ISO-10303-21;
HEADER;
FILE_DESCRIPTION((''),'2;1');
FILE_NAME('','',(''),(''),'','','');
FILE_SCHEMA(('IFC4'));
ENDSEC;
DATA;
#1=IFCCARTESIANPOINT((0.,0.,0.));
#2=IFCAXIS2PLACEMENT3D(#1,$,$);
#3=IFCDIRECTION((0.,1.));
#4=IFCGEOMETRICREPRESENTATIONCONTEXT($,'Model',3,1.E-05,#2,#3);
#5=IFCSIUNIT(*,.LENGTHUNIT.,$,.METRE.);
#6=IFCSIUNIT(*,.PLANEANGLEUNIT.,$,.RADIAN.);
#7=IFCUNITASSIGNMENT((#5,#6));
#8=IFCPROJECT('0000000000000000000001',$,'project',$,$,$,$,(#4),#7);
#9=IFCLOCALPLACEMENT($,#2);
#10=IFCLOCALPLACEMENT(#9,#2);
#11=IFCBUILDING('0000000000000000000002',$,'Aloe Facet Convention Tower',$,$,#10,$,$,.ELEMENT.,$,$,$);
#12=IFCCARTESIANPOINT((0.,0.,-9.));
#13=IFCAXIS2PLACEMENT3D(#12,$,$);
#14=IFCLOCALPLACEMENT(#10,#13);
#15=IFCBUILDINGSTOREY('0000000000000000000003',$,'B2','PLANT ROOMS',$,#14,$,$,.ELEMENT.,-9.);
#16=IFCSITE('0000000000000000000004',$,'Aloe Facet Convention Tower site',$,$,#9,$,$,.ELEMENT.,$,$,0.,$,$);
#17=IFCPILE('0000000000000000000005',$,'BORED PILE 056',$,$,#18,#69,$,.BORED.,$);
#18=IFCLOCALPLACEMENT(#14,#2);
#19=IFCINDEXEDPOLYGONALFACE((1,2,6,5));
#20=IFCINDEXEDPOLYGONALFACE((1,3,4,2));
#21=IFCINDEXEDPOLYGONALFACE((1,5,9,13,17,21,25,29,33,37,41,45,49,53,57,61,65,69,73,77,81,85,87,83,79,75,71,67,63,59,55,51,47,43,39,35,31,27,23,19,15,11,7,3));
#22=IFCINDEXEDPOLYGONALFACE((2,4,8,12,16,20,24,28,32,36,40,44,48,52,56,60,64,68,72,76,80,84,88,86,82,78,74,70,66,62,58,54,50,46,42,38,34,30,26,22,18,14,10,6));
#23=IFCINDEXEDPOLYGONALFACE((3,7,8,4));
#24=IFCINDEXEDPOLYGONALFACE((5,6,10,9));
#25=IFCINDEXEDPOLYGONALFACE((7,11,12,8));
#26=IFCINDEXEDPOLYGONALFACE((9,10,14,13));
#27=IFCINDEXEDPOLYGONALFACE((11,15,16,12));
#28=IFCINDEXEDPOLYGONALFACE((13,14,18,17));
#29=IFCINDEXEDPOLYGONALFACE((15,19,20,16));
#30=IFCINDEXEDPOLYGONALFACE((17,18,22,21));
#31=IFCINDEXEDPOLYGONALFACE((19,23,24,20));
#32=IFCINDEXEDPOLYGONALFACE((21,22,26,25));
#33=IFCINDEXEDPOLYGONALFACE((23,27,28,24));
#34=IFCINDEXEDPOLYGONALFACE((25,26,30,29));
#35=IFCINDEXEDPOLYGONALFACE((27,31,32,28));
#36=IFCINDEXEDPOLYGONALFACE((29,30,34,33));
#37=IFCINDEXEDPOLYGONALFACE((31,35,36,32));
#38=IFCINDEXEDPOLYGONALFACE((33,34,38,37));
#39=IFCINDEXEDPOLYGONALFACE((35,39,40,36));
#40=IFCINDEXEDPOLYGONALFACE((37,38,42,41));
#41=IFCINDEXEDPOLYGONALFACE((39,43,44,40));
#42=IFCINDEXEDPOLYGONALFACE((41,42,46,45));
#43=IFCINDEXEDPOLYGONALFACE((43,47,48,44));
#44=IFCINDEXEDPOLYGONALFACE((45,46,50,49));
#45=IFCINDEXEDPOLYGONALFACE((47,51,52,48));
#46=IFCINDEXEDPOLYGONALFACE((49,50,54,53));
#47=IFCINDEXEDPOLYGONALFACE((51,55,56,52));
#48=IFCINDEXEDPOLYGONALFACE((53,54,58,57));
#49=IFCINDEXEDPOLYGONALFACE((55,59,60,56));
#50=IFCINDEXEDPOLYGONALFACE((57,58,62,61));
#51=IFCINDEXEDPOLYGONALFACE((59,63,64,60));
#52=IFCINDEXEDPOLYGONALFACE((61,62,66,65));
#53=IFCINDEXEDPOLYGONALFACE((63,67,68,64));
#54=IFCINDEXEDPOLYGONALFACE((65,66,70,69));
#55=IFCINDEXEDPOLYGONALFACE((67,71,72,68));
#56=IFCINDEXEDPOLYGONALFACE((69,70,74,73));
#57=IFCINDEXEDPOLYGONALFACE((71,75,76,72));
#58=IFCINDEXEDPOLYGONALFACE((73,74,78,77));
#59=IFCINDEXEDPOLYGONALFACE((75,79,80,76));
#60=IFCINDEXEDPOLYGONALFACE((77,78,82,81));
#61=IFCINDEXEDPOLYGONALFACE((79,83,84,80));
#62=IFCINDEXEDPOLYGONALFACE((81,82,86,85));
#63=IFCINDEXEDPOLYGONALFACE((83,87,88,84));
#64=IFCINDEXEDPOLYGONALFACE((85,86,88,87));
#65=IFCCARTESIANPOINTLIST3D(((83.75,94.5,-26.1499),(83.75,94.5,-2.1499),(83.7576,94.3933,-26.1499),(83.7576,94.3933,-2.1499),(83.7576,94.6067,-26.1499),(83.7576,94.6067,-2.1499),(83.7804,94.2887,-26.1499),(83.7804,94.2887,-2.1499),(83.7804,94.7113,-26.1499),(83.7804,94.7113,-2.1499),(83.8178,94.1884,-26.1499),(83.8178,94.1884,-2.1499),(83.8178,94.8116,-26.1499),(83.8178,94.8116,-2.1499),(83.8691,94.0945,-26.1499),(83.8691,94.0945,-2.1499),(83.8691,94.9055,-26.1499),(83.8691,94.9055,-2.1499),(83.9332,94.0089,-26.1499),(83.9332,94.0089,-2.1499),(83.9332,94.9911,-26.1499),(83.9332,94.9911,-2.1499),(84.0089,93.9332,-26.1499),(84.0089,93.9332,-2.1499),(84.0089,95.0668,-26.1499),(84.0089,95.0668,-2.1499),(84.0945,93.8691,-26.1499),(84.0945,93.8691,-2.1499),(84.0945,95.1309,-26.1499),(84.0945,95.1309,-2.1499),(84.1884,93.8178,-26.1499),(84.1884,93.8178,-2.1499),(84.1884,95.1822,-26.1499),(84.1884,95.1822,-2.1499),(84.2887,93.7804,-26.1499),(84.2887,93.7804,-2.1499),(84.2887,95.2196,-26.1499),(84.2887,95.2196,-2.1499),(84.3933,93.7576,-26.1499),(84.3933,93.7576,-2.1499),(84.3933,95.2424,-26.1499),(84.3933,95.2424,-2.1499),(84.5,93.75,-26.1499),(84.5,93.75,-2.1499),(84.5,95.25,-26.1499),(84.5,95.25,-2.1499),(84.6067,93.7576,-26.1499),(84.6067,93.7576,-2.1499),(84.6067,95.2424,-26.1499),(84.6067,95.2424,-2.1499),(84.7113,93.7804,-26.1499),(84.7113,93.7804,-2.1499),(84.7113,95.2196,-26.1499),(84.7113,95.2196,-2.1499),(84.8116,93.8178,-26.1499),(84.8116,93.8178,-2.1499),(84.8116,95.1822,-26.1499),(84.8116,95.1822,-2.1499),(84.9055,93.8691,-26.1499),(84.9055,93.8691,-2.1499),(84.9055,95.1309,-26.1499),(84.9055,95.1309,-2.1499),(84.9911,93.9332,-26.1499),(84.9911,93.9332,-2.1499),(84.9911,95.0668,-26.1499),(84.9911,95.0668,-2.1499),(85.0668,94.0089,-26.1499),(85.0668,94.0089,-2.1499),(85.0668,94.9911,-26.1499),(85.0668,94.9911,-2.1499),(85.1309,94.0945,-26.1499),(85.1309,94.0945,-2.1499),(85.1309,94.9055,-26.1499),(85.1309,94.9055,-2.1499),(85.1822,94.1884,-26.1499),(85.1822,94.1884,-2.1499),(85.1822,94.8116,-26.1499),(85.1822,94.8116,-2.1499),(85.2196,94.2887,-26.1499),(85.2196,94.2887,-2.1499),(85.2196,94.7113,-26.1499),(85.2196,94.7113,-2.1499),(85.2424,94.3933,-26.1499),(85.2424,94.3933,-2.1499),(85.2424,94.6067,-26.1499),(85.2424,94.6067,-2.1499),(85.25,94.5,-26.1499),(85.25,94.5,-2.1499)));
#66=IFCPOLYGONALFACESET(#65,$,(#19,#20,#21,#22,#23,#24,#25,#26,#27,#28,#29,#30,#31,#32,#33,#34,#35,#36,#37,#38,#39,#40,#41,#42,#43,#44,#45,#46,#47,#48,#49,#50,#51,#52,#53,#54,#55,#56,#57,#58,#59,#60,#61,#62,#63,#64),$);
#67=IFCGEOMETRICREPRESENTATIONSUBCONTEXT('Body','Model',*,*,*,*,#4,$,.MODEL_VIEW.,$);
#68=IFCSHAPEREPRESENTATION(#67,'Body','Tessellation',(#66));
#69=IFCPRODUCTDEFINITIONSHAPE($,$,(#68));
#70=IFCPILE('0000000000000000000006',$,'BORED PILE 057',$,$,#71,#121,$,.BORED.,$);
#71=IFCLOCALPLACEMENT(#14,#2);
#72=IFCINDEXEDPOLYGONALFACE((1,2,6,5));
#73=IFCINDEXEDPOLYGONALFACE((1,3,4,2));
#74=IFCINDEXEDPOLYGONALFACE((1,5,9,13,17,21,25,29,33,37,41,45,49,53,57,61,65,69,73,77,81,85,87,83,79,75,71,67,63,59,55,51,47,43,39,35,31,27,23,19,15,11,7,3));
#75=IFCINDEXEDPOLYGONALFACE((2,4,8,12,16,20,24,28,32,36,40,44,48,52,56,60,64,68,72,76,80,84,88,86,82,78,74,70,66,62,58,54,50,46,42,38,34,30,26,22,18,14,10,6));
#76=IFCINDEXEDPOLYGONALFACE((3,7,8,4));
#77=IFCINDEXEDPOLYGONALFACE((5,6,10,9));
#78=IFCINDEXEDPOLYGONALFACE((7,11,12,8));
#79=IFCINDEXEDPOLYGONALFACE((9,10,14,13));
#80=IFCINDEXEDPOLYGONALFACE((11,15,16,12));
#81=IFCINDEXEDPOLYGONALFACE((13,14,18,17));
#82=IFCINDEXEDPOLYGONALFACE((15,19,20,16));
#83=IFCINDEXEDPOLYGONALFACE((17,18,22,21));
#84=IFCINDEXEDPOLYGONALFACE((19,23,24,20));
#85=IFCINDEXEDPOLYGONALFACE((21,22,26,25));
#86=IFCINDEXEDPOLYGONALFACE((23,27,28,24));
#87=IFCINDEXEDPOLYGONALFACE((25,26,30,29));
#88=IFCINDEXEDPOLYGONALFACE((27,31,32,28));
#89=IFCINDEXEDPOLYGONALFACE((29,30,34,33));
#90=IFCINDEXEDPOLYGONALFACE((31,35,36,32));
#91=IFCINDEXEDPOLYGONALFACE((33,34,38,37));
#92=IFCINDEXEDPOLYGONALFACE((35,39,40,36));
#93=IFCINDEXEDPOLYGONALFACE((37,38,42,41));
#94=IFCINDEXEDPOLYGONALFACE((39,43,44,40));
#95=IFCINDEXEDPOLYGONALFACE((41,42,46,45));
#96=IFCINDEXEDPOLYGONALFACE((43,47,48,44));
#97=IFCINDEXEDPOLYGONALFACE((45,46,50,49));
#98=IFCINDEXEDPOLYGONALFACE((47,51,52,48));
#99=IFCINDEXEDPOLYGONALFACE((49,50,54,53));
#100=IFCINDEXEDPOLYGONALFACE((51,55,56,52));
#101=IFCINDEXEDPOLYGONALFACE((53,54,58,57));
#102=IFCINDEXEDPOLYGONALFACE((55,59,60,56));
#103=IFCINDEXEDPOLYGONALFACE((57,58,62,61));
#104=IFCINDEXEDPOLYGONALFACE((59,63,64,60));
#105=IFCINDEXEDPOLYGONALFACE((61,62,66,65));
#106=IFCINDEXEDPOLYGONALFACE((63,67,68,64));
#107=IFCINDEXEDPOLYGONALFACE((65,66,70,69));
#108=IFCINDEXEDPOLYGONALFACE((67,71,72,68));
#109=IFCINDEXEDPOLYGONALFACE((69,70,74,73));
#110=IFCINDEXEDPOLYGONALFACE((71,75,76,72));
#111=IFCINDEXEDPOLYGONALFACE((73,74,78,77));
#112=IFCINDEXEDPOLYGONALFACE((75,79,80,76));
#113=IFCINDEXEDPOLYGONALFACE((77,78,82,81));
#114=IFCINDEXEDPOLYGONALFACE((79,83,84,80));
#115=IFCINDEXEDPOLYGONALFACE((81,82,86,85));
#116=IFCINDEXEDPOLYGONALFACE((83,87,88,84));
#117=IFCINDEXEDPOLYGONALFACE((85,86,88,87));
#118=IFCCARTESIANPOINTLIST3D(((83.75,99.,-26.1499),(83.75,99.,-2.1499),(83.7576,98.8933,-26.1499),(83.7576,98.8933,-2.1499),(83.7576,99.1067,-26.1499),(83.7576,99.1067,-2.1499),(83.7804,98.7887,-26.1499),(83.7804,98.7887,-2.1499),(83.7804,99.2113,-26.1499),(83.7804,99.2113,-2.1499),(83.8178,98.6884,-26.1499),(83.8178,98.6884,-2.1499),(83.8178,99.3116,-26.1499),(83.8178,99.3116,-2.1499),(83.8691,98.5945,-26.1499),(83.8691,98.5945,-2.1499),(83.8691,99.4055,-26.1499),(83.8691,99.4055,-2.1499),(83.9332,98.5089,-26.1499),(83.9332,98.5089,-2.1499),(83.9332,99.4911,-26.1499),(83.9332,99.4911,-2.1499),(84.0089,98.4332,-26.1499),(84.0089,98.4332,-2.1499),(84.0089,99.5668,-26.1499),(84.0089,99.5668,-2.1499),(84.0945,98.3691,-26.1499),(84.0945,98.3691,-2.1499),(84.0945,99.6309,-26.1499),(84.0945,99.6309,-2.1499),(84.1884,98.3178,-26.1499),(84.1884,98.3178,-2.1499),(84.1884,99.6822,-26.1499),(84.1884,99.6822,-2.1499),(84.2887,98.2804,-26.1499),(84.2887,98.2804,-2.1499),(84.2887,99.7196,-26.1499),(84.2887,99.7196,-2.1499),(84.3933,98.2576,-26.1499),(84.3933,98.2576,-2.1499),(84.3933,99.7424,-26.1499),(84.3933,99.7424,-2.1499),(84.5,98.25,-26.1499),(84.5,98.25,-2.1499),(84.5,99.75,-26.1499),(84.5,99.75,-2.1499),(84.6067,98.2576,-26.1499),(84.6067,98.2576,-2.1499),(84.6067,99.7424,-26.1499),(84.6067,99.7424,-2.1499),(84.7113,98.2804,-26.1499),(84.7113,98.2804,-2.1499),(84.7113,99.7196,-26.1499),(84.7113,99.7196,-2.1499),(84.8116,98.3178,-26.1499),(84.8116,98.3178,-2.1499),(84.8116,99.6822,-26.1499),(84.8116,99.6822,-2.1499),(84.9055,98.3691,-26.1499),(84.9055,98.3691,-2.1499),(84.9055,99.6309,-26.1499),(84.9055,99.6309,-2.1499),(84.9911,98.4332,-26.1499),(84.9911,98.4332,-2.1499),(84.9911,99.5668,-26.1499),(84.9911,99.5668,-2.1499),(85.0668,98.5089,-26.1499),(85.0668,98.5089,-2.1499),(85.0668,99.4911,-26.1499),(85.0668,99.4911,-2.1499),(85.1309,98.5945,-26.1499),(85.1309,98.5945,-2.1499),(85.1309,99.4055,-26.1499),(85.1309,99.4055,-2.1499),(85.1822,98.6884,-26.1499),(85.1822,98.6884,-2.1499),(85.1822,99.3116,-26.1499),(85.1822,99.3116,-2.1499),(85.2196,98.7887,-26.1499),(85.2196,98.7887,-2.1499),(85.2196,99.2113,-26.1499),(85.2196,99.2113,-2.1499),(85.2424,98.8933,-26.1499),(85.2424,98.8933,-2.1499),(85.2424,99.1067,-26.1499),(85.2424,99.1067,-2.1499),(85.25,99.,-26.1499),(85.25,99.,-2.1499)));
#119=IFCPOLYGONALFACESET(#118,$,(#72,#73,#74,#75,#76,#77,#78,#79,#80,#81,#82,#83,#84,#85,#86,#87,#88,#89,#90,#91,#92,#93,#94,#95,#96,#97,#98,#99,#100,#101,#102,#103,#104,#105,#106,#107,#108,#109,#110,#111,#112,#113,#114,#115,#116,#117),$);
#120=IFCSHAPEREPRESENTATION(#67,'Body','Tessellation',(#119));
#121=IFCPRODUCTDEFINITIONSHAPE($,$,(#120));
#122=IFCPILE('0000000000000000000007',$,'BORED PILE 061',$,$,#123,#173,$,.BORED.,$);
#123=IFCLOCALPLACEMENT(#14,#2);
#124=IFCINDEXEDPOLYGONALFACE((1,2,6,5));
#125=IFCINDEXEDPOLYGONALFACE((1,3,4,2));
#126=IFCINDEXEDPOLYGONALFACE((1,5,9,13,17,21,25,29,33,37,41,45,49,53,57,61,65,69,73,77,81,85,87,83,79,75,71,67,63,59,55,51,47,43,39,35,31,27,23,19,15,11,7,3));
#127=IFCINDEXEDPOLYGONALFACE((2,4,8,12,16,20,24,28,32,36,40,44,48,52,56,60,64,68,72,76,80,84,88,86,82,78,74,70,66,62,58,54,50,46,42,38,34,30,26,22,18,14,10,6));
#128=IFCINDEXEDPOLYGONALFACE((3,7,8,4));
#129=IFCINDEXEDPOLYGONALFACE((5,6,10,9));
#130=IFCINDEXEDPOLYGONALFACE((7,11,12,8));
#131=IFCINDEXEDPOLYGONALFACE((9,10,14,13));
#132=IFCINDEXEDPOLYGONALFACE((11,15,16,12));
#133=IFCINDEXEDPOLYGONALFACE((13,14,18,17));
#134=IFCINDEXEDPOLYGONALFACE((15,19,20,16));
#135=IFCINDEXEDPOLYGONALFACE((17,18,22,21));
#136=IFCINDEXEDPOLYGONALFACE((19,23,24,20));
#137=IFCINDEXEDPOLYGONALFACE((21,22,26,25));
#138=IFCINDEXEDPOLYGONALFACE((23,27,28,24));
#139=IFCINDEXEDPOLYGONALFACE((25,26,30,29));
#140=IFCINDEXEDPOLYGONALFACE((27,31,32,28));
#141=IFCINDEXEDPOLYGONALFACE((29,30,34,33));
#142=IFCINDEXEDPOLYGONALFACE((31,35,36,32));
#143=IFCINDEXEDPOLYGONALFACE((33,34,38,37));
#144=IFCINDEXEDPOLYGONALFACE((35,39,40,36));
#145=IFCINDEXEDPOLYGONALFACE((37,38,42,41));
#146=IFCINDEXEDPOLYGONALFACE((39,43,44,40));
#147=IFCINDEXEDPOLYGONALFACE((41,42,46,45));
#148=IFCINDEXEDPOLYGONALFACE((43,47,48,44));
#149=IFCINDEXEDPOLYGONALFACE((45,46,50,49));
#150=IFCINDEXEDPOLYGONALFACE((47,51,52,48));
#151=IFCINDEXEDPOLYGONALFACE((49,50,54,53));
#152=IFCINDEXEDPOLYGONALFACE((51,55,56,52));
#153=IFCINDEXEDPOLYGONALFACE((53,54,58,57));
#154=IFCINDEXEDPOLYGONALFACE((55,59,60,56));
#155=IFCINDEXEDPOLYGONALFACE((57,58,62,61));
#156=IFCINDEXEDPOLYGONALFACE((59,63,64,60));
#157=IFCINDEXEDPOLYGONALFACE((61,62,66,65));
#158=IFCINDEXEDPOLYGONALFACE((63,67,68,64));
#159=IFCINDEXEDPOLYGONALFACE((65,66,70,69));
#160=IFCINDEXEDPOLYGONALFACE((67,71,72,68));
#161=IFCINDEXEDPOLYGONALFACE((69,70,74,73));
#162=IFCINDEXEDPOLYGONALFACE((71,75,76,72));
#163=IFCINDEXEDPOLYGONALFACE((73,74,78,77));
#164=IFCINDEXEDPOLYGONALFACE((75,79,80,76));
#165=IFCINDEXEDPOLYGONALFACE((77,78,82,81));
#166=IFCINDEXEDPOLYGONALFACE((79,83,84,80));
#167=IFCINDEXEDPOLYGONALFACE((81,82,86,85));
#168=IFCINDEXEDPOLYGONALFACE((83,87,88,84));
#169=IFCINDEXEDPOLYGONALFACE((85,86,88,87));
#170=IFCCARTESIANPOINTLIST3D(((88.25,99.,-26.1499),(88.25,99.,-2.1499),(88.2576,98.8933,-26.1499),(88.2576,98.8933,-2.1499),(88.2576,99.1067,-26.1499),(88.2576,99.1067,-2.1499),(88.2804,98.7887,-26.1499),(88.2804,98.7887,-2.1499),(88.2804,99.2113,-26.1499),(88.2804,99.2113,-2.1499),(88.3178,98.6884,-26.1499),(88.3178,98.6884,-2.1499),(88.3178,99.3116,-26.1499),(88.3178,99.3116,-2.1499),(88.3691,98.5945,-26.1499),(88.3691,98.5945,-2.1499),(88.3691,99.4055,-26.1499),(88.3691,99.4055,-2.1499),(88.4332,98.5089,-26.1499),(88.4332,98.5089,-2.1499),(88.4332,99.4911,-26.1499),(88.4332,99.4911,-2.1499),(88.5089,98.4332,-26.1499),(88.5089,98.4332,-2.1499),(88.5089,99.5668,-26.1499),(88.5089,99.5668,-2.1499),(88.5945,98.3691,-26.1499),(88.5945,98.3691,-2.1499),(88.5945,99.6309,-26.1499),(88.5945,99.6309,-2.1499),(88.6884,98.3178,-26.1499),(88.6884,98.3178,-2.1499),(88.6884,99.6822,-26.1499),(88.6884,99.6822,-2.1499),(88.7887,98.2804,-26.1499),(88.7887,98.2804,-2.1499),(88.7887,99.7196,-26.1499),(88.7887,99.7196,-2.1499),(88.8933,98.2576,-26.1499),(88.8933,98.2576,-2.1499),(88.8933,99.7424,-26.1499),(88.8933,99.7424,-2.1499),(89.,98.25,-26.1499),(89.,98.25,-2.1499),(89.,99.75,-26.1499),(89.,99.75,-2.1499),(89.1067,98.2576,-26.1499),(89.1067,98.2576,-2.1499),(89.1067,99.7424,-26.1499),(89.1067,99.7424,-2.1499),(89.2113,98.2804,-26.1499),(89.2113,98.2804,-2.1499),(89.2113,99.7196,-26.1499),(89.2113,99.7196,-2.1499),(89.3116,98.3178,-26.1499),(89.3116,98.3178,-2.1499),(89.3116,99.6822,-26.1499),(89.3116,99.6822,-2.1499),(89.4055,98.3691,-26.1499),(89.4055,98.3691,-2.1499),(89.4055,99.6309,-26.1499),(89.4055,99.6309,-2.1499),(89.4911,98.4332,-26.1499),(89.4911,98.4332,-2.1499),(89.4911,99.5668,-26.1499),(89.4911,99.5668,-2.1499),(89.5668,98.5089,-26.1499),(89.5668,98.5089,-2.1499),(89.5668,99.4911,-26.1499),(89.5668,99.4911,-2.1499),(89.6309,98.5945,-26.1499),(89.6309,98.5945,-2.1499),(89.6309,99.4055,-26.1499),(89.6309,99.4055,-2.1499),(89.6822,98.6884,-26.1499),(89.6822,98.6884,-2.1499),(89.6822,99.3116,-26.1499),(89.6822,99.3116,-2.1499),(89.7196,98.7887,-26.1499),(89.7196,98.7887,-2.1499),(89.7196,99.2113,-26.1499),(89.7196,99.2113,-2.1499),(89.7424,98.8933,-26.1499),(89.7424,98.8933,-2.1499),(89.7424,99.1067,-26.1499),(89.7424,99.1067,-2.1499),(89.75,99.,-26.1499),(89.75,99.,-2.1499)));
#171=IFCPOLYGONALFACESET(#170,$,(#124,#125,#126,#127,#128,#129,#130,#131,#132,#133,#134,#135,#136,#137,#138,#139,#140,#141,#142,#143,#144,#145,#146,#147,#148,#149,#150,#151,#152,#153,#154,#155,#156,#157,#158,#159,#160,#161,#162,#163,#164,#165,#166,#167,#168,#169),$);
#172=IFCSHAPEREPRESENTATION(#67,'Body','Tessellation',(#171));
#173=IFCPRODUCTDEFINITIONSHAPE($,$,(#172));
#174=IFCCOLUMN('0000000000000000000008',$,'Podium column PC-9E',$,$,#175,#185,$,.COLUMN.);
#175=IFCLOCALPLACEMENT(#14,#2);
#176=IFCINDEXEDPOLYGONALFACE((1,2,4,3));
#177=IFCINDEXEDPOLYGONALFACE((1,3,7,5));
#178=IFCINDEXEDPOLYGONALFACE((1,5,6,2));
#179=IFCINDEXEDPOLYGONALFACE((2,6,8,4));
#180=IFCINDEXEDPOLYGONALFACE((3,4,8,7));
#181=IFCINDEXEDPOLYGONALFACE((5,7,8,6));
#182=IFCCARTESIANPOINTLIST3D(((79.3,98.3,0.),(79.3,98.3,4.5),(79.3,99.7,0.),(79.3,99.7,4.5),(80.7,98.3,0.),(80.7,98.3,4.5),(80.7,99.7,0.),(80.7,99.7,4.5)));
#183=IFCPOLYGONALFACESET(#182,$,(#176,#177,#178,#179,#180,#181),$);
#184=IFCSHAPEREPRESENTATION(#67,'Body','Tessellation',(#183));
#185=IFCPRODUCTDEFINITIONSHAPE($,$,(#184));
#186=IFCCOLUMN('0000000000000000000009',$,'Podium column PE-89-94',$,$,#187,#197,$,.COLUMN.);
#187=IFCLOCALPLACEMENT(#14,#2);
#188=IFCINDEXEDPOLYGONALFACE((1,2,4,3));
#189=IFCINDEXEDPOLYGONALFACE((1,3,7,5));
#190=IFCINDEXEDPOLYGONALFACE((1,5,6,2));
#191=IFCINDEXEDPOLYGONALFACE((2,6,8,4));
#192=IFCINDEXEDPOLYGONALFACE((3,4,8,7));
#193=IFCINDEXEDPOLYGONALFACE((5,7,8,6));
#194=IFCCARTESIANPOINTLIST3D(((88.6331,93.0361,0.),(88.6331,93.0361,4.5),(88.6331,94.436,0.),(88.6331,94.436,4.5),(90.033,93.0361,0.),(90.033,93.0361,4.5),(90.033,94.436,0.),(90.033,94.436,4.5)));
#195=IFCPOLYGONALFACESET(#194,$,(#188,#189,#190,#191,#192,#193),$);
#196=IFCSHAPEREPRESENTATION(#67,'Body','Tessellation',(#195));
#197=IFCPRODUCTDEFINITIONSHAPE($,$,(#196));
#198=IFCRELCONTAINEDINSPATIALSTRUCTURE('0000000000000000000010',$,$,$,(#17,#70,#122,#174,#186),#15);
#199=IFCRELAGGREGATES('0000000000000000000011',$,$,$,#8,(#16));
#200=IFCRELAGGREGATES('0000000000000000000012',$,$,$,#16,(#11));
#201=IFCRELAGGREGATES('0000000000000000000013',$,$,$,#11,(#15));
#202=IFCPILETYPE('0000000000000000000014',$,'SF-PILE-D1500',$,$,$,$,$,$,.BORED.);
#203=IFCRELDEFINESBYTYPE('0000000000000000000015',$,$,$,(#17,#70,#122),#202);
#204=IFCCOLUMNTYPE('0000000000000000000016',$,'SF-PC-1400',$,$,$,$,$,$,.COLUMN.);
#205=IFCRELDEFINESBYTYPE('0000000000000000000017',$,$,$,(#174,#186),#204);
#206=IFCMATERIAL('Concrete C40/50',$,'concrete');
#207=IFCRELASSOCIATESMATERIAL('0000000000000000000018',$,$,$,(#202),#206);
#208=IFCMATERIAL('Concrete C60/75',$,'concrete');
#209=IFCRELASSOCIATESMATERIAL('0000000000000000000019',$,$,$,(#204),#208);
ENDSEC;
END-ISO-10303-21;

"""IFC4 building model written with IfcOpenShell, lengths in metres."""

from ifc_helpers import new_model, si_unit, direction, frame, origin, origin_2d, place, context, subcontext, project, spatial, rectangle, circle, extrude, material, material_profile, profile_set, type_object, element, save


model = new_model("IFC4")

# Units and contexts
model_context = context("Model", 3, precision=1e-05, world=origin(), true_north=direction((0.0, 1.0)))
body_context = subcontext(model_context, "Body", "Model", "MODEL_VIEW")
ifc_project = project(units=[si_unit("LENGTHUNIT", "METRE"), si_unit("PLANEANGLEUNIT", "RADIAN")], contexts=[model_context])

# Site, building, storey
site_placement = place(None, origin())
site = spatial("IfcSite", under=ifc_project, at=site_placement, Name="Aloe Facet Convention Tower site", CompositionType="ELEMENT", RefElevation=0.0)
building_placement = place(site_placement, origin())
building = spatial("IfcBuilding", under=site, at=building_placement, Name="Aloe Facet Convention Tower", CompositionType="ELEMENT")
storey_placement = place(building_placement, frame((0.0, 0.0, -9.0)))
storey = spatial("IfcBuildingStorey", under=building, at=storey_placement, Name="B2", Description="PLANT ROOMS", CompositionType="ELEMENT", Elevation=-9.0)

# Piles
ifc_material_1 = material(Name="Concrete C40/50", Category="concrete")
ifc_material_profile_1 = material_profile(ifc_material_1, circle(Radius=0.75, at=origin_2d()), Name="D1500")
ifc_profile_set_1 = profile_set([ifc_material_profile_1], Name="Concrete C40/50")
pile_type = type_object("IfcPileType", Name="SF-PILE-D1500", PredefinedType="BORED", material=ifc_profile_set_1)
for number, where, z_axis, x_axis, name in (
    (1, (84.5, 94.5, -2.1499), (0.0, 0.0, -1.0), (1.0, 0.0, 0.0), "BORED PILE 056"),
    (2, (84.5, 99.0, -2.1499), (0.0, 0.0, -1.0), (1.0, 0.0, 0.0), "BORED PILE 057"),
    (3, (89.0, 99.0, -2.1499), (0.0, 0.0, -1.0), (1.0, 0.0, 0.0), "BORED PILE 061"),
):
    element("IfcPile", number, at=place(storey_placement, frame(where, z_axis=z_axis, x_axis=x_axis)), inside=storey, type_object=pile_type, Name=name, PredefinedType="BORED", context=body_context, shape_type="SweptSolid", body=[
        extrude(circle(Radius=0.75, at=origin_2d()), origin(), (0.0, 0.0, 1.0), 24.0),
    ])

# Columns
ifc_material_2 = material(Name="Concrete C60/75", Category="concrete")
ifc_material_profile_2 = material_profile(ifc_material_2, rectangle(XDim=1.3999, YDim=1.3999, at=origin_2d()), Name="SF-PC-1400")
ifc_profile_set_2 = profile_set([ifc_material_profile_2], Name="Concrete C60/75")
column_type_1 = type_object("IfcColumnType", Name="SF-PC-1400", PredefinedType="COLUMN", material=ifc_profile_set_2)
for number, where, z_axis, x_axis, name in (
    (4, (80.0, 99.0, 0.0), (0.0, 0.0, 1.0), (1.0, 0.0, 0.0), "Podium column PC-9E"),
    (5, (89.333, 93.7361, 0.0), (0.0, 0.0, 1.0), (1.0, 0.0, 0.0), "Podium column PE-89-94"),
):
    element("IfcColumn", number, at=place(storey_placement, frame(where, z_axis=z_axis, x_axis=x_axis)), inside=storey, type_object=column_type_1, Name=name, PredefinedType="COLUMN", context=body_context, shape_type="SweptSolid", body=[
        extrude(rectangle(XDim=1.3999, YDim=1.3999, at=origin_2d()), origin(), (0.0, 0.0, 1.0), 4.5),
    ])

save(model, "model.ifc")
